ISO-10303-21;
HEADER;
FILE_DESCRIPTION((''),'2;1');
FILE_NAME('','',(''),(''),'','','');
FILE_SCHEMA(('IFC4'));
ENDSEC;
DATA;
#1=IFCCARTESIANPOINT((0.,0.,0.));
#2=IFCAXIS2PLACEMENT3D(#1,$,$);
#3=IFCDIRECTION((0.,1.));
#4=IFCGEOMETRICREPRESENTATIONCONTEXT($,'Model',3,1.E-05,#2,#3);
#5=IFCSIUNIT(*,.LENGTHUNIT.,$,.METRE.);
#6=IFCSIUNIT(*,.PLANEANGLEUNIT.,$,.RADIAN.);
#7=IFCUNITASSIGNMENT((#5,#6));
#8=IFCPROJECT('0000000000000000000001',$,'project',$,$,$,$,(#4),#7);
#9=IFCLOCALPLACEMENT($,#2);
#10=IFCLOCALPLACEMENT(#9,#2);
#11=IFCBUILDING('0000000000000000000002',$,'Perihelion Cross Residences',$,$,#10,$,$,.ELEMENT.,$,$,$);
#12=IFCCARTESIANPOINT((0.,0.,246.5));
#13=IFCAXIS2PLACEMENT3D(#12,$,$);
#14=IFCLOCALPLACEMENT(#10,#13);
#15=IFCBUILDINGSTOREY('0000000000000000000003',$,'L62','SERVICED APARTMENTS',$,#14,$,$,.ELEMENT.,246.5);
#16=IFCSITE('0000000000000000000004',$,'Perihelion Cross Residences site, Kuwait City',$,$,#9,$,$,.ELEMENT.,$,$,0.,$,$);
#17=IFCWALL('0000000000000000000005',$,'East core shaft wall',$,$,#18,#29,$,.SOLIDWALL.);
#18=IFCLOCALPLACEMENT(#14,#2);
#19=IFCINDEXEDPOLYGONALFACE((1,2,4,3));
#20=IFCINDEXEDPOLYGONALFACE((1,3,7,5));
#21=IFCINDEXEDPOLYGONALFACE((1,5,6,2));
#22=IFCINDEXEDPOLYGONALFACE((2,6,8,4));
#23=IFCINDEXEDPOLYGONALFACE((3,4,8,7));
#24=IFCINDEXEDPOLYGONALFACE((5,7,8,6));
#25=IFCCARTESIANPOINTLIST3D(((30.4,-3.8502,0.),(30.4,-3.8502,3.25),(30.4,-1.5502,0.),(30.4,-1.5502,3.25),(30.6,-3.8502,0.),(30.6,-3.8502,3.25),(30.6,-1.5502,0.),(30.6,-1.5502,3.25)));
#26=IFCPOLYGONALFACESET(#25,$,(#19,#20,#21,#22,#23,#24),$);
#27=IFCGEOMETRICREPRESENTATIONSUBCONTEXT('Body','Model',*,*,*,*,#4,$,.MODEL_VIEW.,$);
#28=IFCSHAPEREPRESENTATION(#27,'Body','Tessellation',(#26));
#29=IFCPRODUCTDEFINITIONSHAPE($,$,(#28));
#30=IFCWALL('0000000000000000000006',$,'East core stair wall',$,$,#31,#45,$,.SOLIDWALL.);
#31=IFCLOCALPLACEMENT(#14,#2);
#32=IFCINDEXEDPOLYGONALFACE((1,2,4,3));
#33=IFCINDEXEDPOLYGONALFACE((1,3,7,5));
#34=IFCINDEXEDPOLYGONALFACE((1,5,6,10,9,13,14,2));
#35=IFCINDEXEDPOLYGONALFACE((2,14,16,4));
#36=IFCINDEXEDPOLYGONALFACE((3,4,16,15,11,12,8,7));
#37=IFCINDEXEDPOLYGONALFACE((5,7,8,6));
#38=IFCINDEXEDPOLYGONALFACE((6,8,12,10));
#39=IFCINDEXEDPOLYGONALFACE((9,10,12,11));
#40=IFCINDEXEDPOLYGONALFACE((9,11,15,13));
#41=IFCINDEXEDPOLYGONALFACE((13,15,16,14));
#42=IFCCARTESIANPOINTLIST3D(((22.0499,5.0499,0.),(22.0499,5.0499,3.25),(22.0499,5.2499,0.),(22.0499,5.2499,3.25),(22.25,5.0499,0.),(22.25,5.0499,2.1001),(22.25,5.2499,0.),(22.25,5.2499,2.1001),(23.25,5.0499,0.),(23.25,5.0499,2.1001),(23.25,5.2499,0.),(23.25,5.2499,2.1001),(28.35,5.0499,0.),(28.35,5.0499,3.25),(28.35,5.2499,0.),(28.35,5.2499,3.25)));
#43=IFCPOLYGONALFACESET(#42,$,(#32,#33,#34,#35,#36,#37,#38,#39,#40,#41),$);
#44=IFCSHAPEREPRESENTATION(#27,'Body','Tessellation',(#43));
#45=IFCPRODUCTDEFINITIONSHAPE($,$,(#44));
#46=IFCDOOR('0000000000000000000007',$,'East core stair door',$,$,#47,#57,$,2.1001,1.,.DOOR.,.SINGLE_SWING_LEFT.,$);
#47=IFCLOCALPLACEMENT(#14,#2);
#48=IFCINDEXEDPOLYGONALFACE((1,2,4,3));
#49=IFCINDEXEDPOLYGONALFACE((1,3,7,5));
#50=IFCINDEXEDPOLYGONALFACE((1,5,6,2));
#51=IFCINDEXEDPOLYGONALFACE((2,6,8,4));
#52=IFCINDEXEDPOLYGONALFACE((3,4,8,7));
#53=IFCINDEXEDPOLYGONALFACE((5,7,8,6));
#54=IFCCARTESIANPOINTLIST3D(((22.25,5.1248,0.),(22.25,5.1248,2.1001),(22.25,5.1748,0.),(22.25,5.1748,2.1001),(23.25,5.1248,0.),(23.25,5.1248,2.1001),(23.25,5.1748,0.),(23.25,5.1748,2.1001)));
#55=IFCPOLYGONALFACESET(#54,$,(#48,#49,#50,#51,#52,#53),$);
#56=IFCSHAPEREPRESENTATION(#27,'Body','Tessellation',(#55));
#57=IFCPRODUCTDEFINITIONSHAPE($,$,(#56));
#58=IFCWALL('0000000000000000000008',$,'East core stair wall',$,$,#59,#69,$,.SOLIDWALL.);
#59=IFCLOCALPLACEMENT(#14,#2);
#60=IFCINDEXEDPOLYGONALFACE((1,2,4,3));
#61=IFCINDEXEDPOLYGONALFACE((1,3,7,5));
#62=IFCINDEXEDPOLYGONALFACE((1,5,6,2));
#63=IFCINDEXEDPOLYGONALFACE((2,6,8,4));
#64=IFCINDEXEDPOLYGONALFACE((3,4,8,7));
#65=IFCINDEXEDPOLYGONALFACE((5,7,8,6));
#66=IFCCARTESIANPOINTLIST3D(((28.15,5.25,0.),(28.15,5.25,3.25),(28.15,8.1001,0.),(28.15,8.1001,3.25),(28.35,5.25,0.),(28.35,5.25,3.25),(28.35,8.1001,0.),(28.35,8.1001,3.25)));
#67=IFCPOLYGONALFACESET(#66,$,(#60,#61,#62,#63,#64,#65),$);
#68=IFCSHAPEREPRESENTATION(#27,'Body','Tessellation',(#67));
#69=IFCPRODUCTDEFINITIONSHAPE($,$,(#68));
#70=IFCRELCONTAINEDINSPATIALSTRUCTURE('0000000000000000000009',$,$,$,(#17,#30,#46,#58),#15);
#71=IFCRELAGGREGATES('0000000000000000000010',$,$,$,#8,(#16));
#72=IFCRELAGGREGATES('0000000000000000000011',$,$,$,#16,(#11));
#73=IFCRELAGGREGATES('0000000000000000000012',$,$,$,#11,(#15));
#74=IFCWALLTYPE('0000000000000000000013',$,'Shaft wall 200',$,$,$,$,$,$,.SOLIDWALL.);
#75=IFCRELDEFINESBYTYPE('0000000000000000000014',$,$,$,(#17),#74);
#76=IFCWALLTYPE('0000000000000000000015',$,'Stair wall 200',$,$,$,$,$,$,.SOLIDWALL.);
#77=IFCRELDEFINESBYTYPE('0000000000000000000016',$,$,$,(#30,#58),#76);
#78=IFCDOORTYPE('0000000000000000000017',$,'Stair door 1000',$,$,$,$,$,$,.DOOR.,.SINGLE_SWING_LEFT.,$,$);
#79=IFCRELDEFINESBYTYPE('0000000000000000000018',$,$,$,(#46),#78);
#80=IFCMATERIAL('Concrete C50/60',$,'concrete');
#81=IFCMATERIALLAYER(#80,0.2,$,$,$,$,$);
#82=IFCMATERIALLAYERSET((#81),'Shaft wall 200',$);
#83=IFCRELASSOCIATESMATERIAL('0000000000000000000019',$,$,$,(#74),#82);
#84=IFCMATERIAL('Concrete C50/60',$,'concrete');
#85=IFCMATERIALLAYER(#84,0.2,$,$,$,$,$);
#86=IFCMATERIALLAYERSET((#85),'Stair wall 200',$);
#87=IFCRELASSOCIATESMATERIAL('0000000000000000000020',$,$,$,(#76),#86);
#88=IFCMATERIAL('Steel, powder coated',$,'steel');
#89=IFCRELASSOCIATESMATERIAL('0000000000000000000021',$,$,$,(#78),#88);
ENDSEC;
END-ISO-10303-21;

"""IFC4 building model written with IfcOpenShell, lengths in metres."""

from ifc_helpers import new_model, si_unit, direction, frame, frame_2d, origin, place, context, subcontext, project, spatial, rectangle, extrude, material, layer, layer_set, type_object, element, fill, save


model = new_model("IFC4")

# Units and contexts
model_context = context("Model", 3, precision=1e-05, world=origin(), true_north=direction((0.0, 1.0)))
body_context = subcontext(model_context, "Body", "Model", "MODEL_VIEW")
ifc_project = project(units=[si_unit("LENGTHUNIT", "METRE"), si_unit("PLANEANGLEUNIT", "RADIAN")], contexts=[model_context])

# Site, building, storey
site_placement = place(None, origin())
site = spatial("IfcSite", under=ifc_project, at=site_placement, Name="Perihelion Cross Residences site, Kuwait City", CompositionType="ELEMENT", RefElevation=0.0)
building_placement = place(site_placement, origin())
building = spatial("IfcBuilding", under=site, at=building_placement, Name="Perihelion Cross Residences", CompositionType="ELEMENT")
storey_placement = place(building_placement, frame((0.0, 0.0, 246.5)))
storey = spatial("IfcBuildingStorey", under=building, at=storey_placement, Name="L62", Description="SERVICED APARTMENTS", CompositionType="ELEMENT", Elevation=246.5)

# Shared definitions
ifc_material_1 = material(Name="Concrete C50/60", Category="concrete")
ifc_layer_1 = layer(ifc_material_1, 0.2)
ifc_layer_set_1 = layer_set([ifc_layer_1], Name="Shaft wall 200")
wall_type_1 = type_object("IfcWallType", Name="Shaft wall 200", PredefinedType="SOLIDWALL", material=ifc_layer_set_1)

# Wall
for number, where, z_axis, x_axis, name in (
    (1, (30.5, -3.8501, 0.0), (0.0, 0.0, 1.0), (0.0, 1.0, 0.0), "East core shaft wall"),
):
    element("IfcWall", number, at=place(storey_placement, frame(where, z_axis=z_axis, x_axis=x_axis)), inside=storey, type_object=wall_type_1, Name=name, PredefinedType="SOLIDWALL", context=body_context, shape_type="SweptSolid", body=[
        extrude(rectangle(XDim=2.3, YDim=0.2, at=frame_2d((1.1499, 0.0))), origin(), (0.0, 0.0, 1.0), 3.25),
    ])

# Wall, opening, door
ifc_material_2 = material(Name="Concrete C50/60", Category="concrete")
ifc_layer_2 = layer(ifc_material_2, 0.2)
ifc_layer_set_2 = layer_set([ifc_layer_2], Name="Stair wall 200")
wall_type_2 = type_object("IfcWallType", Name="Stair wall 200", PredefinedType="SOLIDWALL", material=ifc_layer_set_2)
wall_1_placement = place(storey_placement, frame((22.05, 5.1499, 0.0), z_axis=(0.0, 0.0, 1.0), x_axis=(1.0, 0.0, 0.0)))
wall_1 = element("IfcWall", 2, at=wall_1_placement, inside=storey, type_object=wall_type_2, Name="East core stair wall", PredefinedType="SOLIDWALL", context=body_context, shape_type="SweptSolid", body=[
    extrude(rectangle(XDim=6.3, YDim=0.2, at=frame_2d((3.1499, 0.0))), origin(), (0.0, 0.0, 1.0), 3.25),
])
opening_1_placement = place(wall_1_placement, frame((0.2, 0.0, 0.0)))
opening_1 = element("IfcOpeningElement", 3, at=opening_1_placement, cuts=wall_1, PredefinedType="OPENING", context=body_context, shape_type="SweptSolid", body=[
    extrude(rectangle(XDim=1.0, YDim=2.1001, at=frame_2d((0.5, 1.05))), frame((0.0, 0.1099, 0.0), z_axis=(0.0, -1.0, 0.0), x_axis=(1.0, 0.0, 0.0)), (0.0, 0.0, 1.0), 0.22),
])
ifc_material_3 = material(Name="Steel, powder coated", Category="steel")
door_type_1 = type_object("IfcDoorType", Name="Stair door 1000", OperationType="SINGLE_SWING_LEFT", PredefinedType="DOOR", material=ifc_material_3)
door_1_placement = place(opening_1_placement, origin())
door_1 = element("IfcDoor", 4, at=door_1_placement, inside=storey, type_object=door_type_1, Name="East core stair door", OperationType="SINGLE_SWING_LEFT", OverallHeight=2.1001, OverallWidth=1.0, PredefinedType="DOOR", context=body_context, shape_type="SweptSolid", body=[
    extrude(rectangle(XDim=1.0, YDim=2.1001, at=frame_2d((0.5, 1.05))), frame((0.0, 0.0249, 0.0), z_axis=(0.0, -1.0, 0.0), x_axis=(1.0, 0.0, 0.0)), (0.0, 0.0, 1.0), 0.05),
])
fill(opening_1, door_1)

# Wall
wall_2_placement = place(storey_placement, frame((28.25, 5.25, 0.0), z_axis=(0.0, 0.0, 1.0), x_axis=(0.0, 1.0, 0.0)))
element("IfcWall", 5, at=wall_2_placement, inside=storey, type_object=wall_type_2, Name="East core stair wall", PredefinedType="SOLIDWALL", context=body_context, shape_type="SweptSolid", body=[
    extrude(rectangle(XDim=2.8501, YDim=0.2, at=frame_2d((1.425, 0.0))), origin(), (0.0, 0.0, 1.0), 3.25),
])

save(model, "model.ifc")
